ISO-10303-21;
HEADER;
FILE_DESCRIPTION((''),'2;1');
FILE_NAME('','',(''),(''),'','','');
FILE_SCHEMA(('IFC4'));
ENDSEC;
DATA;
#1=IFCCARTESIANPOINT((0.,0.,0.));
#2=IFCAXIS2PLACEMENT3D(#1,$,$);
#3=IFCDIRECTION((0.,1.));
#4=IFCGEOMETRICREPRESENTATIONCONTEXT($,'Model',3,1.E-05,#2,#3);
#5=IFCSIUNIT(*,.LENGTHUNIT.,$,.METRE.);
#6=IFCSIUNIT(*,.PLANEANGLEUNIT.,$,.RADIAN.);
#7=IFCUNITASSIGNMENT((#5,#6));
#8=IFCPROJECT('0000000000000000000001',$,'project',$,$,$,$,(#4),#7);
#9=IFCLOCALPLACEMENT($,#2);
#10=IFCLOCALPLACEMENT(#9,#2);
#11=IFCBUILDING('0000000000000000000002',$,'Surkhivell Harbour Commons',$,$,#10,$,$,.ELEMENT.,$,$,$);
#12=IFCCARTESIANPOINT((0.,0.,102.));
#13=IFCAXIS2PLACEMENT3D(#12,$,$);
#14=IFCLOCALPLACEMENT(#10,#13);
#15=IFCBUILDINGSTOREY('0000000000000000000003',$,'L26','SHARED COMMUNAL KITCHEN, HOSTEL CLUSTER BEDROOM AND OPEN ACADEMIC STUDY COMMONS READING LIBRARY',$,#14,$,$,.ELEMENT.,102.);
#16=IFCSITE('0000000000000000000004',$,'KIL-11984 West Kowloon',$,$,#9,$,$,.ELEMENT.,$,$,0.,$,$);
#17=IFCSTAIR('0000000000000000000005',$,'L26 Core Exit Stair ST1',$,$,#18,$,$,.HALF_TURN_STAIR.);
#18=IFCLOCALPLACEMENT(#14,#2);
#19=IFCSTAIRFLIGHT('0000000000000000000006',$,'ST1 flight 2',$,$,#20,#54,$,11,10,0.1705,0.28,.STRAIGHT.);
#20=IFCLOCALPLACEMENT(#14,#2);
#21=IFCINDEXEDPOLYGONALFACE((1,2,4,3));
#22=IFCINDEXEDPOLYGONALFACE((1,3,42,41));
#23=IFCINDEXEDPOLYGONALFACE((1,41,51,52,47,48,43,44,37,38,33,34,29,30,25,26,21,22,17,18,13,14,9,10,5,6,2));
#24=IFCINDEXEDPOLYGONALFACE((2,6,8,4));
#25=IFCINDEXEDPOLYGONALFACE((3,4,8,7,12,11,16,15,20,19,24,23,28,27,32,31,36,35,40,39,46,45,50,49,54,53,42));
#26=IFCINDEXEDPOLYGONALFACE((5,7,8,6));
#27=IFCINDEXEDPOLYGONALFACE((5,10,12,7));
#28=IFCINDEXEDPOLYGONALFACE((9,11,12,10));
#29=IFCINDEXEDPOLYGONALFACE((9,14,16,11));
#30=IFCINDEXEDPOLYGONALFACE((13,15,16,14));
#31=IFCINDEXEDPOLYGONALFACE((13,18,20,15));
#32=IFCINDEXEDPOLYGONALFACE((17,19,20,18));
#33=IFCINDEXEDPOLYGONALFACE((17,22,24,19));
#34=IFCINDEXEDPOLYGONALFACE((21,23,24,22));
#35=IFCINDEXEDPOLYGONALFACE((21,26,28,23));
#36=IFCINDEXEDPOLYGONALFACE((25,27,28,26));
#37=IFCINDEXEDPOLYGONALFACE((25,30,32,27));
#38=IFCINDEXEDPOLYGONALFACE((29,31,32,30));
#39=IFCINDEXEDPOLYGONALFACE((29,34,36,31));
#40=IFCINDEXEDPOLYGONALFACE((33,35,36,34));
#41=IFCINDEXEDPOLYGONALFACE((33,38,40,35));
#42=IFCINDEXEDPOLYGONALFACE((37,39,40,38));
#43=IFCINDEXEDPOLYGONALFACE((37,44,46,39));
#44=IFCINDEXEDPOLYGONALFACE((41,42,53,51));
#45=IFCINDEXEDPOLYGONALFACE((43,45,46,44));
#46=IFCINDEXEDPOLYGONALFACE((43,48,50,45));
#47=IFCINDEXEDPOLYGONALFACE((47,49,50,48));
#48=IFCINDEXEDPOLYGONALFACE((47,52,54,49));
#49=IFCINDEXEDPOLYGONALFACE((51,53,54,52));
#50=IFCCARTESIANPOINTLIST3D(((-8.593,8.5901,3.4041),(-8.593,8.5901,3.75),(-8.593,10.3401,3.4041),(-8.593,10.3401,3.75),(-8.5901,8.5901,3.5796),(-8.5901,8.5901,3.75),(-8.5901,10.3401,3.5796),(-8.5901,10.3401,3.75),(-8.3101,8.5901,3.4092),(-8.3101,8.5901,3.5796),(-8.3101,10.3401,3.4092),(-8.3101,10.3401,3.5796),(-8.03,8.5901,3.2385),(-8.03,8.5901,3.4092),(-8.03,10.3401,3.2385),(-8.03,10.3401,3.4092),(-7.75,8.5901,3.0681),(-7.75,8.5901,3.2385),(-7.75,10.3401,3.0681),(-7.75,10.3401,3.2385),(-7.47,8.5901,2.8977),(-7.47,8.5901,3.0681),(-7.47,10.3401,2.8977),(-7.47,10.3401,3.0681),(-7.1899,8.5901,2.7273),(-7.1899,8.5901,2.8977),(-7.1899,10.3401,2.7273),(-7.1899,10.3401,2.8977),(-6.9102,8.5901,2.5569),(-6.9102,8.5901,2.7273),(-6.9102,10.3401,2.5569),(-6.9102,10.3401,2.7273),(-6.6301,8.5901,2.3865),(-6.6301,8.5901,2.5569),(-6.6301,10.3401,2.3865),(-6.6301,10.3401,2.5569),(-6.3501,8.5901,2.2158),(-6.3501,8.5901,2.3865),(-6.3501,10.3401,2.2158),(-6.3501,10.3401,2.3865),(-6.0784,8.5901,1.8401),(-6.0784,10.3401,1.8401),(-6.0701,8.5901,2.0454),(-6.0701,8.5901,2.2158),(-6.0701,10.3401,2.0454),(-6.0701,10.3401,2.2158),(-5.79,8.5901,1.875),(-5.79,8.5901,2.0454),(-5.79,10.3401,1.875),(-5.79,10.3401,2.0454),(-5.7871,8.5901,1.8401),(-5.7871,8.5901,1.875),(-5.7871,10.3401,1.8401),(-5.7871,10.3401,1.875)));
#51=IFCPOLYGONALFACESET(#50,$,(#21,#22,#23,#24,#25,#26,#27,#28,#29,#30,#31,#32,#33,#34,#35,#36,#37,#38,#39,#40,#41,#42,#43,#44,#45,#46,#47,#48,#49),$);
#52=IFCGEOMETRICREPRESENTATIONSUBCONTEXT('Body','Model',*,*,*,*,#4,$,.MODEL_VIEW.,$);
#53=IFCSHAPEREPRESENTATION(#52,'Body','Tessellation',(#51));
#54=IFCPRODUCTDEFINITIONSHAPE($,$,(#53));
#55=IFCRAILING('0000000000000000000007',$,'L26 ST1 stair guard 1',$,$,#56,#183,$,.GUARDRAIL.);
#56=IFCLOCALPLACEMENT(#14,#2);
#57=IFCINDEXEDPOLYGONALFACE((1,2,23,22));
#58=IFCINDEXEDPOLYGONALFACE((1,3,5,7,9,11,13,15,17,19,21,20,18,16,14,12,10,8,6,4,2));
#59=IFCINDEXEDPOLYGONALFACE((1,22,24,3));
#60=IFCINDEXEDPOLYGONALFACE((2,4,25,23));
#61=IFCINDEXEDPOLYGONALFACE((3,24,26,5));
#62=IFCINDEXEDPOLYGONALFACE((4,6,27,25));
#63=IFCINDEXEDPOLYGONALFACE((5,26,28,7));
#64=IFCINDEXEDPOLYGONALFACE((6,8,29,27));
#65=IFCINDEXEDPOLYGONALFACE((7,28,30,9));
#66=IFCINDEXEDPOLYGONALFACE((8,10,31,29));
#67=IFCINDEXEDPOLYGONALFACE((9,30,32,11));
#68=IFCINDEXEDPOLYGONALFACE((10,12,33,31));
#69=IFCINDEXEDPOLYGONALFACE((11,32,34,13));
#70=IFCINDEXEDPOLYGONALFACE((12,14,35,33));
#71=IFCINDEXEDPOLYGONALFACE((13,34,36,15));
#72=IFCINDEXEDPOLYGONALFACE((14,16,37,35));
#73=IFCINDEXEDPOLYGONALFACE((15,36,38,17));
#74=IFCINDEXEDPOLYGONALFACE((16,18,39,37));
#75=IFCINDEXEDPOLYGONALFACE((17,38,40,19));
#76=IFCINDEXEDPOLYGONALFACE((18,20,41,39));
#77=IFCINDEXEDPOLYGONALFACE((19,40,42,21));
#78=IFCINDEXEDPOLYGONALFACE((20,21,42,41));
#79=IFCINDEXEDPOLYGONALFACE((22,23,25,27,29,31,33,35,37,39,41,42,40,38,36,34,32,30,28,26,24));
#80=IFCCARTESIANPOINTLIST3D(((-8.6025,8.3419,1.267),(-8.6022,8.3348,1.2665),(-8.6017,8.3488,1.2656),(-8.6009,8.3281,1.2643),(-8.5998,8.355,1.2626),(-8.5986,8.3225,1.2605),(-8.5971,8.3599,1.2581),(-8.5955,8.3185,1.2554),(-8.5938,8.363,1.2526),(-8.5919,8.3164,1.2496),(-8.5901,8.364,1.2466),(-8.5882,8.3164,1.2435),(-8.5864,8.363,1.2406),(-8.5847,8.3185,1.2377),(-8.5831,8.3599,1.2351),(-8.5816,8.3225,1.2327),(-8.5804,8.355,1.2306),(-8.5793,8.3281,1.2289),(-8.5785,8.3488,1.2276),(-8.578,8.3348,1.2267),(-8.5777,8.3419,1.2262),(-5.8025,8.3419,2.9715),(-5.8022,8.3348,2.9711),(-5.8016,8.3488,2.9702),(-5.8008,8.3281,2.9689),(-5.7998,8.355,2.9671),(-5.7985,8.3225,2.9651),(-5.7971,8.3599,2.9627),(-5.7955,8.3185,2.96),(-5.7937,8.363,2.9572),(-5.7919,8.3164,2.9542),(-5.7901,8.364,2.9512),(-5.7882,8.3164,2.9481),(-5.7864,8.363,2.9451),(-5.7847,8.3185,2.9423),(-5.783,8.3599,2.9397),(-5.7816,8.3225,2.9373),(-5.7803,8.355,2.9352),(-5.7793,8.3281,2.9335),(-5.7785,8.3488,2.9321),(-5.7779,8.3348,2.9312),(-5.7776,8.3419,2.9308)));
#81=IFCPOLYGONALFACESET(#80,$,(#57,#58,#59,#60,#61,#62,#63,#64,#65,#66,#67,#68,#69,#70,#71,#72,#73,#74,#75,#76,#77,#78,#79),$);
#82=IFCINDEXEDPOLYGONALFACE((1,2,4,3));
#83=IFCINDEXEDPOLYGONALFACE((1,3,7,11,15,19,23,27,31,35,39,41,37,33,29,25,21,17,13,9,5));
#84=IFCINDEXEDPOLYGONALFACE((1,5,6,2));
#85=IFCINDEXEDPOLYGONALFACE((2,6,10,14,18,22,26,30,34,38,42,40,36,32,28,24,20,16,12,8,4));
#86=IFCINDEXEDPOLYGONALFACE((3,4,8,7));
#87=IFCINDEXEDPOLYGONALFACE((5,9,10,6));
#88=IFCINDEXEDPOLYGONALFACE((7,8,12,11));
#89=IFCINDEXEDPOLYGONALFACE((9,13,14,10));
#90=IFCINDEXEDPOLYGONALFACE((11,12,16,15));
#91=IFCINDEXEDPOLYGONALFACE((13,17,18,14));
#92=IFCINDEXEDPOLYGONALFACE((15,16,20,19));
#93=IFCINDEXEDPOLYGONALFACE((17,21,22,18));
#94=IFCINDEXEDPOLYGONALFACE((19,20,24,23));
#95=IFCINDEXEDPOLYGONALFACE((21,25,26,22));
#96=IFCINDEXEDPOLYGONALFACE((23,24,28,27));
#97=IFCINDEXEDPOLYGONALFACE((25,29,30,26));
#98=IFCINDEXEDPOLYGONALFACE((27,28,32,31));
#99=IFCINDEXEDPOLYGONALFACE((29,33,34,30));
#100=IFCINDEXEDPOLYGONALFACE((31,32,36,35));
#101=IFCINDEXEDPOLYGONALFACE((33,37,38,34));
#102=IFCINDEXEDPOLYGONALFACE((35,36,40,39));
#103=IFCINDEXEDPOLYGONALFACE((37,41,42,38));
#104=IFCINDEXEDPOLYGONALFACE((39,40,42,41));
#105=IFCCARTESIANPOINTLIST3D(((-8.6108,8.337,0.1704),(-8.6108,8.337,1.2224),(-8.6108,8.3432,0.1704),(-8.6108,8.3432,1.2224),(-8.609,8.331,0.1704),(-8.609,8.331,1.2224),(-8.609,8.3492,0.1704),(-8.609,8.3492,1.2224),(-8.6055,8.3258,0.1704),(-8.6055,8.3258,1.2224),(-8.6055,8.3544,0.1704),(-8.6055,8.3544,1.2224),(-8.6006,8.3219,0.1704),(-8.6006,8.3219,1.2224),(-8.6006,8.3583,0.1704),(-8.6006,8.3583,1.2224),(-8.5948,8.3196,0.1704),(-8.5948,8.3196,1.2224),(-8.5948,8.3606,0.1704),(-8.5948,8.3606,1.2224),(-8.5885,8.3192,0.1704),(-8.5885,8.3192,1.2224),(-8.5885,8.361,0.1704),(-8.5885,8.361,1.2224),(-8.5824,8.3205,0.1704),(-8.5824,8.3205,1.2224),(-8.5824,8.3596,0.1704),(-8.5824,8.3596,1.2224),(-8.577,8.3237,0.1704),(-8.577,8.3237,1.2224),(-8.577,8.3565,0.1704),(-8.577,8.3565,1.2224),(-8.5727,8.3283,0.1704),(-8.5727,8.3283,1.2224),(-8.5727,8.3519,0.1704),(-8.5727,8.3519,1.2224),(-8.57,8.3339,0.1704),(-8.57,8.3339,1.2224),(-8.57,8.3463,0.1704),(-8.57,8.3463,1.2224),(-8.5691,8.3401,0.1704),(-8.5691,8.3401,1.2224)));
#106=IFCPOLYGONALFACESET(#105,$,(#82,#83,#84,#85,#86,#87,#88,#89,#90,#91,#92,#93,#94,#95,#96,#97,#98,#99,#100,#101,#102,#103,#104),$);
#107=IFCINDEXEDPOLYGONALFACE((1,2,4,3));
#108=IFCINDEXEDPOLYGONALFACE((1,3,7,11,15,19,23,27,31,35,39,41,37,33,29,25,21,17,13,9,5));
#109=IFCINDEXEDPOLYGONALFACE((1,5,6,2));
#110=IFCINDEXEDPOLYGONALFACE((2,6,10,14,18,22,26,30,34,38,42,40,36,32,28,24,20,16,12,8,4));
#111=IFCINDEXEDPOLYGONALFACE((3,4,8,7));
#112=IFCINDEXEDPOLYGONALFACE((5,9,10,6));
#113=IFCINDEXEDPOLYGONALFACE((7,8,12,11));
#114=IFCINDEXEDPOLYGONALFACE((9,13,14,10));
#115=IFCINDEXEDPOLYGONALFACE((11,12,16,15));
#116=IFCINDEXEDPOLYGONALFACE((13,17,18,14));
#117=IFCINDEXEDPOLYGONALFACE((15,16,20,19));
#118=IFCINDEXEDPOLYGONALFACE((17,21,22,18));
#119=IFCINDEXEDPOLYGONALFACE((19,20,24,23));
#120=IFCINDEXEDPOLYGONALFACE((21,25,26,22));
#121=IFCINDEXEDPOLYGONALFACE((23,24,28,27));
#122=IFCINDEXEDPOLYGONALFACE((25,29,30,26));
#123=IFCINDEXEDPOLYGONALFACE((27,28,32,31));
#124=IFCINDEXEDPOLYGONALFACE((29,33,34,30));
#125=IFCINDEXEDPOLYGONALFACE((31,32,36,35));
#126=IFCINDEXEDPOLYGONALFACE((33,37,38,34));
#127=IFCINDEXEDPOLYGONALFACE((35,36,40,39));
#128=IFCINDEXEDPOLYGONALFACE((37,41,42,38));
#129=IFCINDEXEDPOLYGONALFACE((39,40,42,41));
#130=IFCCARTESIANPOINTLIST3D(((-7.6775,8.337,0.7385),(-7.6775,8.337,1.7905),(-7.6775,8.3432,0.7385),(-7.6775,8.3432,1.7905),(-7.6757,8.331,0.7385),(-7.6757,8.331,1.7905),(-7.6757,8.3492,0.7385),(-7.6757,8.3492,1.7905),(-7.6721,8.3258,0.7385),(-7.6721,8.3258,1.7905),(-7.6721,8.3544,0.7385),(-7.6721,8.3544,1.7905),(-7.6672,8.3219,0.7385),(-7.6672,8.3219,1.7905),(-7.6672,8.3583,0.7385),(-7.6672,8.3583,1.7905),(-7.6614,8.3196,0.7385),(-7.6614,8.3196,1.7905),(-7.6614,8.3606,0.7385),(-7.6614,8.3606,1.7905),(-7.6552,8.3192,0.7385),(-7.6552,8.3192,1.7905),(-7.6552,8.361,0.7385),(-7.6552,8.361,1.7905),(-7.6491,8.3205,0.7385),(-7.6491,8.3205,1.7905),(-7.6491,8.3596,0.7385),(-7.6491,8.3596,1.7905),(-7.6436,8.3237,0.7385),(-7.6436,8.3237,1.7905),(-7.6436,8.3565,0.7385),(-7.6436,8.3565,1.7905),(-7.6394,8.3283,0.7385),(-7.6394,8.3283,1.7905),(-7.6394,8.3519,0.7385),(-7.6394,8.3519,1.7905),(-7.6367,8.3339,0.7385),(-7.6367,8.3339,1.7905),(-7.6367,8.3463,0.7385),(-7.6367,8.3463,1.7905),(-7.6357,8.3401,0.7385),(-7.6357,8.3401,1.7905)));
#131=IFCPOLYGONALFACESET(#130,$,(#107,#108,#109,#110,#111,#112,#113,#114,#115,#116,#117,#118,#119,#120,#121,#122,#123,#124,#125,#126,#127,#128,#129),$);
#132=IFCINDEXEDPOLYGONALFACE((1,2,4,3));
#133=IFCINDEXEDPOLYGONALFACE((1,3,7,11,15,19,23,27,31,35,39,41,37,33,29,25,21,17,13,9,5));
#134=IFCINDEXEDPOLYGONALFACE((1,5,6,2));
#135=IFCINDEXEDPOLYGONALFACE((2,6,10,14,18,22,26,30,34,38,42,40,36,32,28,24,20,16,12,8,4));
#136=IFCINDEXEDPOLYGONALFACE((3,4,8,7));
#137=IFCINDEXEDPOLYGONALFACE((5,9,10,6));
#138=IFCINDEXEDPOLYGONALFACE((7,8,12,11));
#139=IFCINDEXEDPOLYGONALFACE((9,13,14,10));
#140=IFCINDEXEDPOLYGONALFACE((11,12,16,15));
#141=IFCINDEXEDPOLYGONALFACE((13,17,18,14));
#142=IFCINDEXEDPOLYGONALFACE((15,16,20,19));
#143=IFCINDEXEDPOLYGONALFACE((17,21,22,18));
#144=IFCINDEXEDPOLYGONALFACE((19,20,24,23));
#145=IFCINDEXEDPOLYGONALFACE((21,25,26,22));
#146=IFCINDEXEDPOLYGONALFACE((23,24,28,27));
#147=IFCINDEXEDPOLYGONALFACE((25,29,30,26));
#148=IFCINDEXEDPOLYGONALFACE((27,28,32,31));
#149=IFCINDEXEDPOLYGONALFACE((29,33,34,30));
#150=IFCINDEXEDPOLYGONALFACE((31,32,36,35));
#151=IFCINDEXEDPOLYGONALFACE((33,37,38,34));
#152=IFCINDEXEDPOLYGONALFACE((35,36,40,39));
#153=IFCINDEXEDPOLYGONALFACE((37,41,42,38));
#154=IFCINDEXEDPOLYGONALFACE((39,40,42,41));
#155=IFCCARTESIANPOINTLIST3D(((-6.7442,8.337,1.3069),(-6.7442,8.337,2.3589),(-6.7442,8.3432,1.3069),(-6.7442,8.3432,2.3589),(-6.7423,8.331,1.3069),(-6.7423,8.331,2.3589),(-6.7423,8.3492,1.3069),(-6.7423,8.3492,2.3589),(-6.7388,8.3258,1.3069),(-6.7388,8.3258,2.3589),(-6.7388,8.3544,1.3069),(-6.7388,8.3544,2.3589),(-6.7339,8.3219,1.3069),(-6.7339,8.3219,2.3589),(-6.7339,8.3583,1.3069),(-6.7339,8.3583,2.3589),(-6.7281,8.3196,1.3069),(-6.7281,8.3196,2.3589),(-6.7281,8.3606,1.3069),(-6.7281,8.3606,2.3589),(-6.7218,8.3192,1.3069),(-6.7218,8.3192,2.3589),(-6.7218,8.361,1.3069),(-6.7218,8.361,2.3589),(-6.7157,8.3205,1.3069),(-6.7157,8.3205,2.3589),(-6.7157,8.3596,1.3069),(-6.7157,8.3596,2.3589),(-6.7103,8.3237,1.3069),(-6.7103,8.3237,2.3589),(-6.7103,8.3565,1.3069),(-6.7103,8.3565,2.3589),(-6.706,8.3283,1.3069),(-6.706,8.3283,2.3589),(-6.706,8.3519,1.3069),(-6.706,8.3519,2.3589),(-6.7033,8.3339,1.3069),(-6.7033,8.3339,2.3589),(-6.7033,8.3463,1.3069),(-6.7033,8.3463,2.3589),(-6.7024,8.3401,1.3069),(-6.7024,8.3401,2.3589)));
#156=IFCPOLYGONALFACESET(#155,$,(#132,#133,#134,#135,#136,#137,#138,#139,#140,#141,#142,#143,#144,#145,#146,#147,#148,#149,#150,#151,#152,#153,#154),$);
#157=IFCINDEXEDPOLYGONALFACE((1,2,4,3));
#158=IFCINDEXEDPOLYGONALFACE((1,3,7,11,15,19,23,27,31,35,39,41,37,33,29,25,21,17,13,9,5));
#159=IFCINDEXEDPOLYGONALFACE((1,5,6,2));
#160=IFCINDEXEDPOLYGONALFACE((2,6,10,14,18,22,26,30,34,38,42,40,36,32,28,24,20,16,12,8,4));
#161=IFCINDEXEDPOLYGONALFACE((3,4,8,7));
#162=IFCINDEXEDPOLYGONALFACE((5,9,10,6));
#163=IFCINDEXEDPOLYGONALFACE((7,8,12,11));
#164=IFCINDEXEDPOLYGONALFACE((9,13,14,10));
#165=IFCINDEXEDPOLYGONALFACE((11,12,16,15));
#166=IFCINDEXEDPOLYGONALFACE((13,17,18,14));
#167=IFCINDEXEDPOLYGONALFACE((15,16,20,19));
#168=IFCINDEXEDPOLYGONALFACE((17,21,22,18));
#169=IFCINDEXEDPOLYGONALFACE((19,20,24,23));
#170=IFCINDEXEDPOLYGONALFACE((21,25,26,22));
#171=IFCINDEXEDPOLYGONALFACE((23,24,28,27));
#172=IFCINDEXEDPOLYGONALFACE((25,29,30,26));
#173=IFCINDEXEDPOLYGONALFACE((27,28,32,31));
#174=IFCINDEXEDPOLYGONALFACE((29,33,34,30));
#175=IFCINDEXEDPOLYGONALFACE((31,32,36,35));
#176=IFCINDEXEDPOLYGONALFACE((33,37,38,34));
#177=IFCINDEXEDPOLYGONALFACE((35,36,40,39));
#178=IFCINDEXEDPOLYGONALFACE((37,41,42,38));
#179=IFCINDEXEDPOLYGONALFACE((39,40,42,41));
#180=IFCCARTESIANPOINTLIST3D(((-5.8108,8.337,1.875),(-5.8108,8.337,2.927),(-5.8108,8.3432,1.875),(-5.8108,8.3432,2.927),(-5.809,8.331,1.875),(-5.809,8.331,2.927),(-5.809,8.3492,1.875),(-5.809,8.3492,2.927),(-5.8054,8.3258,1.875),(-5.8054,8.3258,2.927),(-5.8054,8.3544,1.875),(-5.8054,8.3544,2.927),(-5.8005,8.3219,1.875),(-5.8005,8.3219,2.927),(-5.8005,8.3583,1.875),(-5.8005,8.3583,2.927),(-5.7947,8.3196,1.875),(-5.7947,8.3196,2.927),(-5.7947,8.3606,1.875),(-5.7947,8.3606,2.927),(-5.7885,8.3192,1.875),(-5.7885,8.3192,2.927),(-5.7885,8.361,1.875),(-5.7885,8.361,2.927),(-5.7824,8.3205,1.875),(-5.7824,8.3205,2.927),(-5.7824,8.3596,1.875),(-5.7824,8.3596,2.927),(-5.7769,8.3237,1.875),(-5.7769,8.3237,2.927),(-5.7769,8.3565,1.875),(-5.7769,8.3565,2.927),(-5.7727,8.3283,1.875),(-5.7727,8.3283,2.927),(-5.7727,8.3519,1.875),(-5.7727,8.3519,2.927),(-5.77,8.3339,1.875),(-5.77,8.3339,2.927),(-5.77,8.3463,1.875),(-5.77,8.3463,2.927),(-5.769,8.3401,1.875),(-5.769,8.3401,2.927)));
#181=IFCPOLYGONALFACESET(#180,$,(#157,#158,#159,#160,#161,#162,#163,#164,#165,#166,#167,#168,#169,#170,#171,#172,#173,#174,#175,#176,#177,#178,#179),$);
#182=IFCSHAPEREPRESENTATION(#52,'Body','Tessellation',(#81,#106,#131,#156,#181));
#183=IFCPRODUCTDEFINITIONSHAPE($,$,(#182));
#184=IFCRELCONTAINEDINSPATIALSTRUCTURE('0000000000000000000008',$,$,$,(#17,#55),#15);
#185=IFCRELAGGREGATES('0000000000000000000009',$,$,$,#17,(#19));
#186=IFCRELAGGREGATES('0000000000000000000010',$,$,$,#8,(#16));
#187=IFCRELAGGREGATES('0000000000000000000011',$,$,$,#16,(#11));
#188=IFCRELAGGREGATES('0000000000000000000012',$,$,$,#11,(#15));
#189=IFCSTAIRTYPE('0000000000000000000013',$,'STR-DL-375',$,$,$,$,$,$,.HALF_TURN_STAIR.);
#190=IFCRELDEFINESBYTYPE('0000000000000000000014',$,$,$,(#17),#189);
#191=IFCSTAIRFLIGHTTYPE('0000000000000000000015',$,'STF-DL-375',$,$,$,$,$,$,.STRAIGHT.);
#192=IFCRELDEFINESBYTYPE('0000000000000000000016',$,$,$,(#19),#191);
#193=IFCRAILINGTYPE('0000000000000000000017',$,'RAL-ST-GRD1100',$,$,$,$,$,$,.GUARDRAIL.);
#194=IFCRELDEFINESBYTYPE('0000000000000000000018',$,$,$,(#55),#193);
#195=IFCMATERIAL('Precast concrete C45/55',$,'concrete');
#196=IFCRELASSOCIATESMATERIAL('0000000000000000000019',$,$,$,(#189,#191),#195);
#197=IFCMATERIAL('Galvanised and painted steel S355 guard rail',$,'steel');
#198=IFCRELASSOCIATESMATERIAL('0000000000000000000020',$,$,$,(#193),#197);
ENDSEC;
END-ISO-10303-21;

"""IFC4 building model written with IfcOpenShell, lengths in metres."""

from ifc_helpers import new_model, si_unit, direction, frame, origin, origin_2d, place, context, subcontext, project, spatial, polyline, circle, outline, extrude, material, type_object, element, aggregate, save


model = new_model("IFC4")

# Units and contexts
model_context = context("Model", 3, precision=1e-05, world=origin(), true_north=direction((0.0, 1.0)))
body_context = subcontext(model_context, "Body", "Model", "MODEL_VIEW")
ifc_project = project(units=[si_unit("LENGTHUNIT", "METRE"), si_unit("PLANEANGLEUNIT", "RADIAN")], contexts=[model_context])

# Site, building, storey
site_placement = place(None, origin())
site = spatial("IfcSite", under=ifc_project, at=site_placement, Name="KIL-11984 West Kowloon", CompositionType="ELEMENT", RefElevation=0.0)
building_placement = place(site_placement, origin())
building = spatial("IfcBuilding", under=site, at=building_placement, Name="Surkhivell Harbour Commons", CompositionType="ELEMENT")
storey_placement = place(building_placement, frame((0.0, 0.0, 102.0)))
storey = spatial("IfcBuildingStorey", under=building, at=storey_placement, Name="L26", Description="SHARED COMMUNAL KITCHEN, HOSTEL CLUSTER BEDROOM AND OPEN ACADEMIC STUDY COMMONS READING LIBRARY", CompositionType="ELEMENT", Elevation=102.0)

# Stair, stair flight
ifc_material_1 = material(Name="Precast concrete C45/55", Category="concrete")
stair_type = type_object("IfcStairType", Name="STR-DL-375", PredefinedType="HALF_TURN_STAIR", material=ifc_material_1)
stair_placement = place(storey_placement, origin())
stair = element("IfcStair", 1, at=stair_placement, inside=storey, type_object=stair_type, Name="L26 Core Exit Stair ST1", PredefinedType="HALF_TURN_STAIR")
stair_flight_type = type_object("IfcStairFlightType", Name="STF-DL-375", PredefinedType="STRAIGHT", material=ifc_material_1)
stair_flight_1_placement = place(storey_placement, frame((-5.79, 9.4651, 1.875), z_axis=(0.0, 0.0, 1.0), x_axis=(-1.0, 0.0, 0.0)))
stair_flight_1 = element("IfcStairFlight", 2, at=stair_flight_1_placement, type_object=stair_flight_type, Name="ST1 flight 2", NumberOfRisers=11, NumberOfTreads=10, PredefinedType="STRAIGHT", RiserHeight=0.1705, TreadLength=0.28, context=body_context, shape_type="SweptSolid", body=[
    extrude(outline(polyline([(-0.0029, -0.0349), (-0.0029, 0.0), (0.0, 0.0), (0.0, 0.1704), (0.28, 0.1704), (0.28, 0.3408), (0.5601, 0.3408), (0.5601, 0.5115), (0.8401, 0.5115), (0.8401, 0.6819), (1.1201, 0.6819), (1.1201, 0.8523), (1.3999, 0.8523), (1.3999, 1.0227), (1.6799, 1.0227), (1.6799, 1.1931), (1.96, 1.1931), (1.96, 1.3635), (2.24, 1.3635), (2.24, 1.5342), (2.52, 1.5342), (2.52, 1.7046), (2.8, 1.7046), (2.8, 1.875), (2.803, 1.875), (2.803, 1.5291), (0.2883, -0.0349), (-0.0029, -0.0349)])), frame((0.0, 0.875, 0.0), z_axis=(0.0, -1.0, 0.0), x_axis=(1.0, 0.0, 0.0)), (0.0, 0.0, 1.0), 1.75),
])
aggregate(stair, [stair_flight_1])

# Railing
ifc_material_2 = material(Name="Galvanised and painted steel S355 guard rail", Category="steel")
railing_type_1 = type_object("IfcRailingType", Name="RAL-ST-GRD1100", PredefinedType="GUARDRAIL", material=ifc_material_2)
railing_1_placement = place(storey_placement, frame((-8.5901, 8.3401, 0.1704)))
element("IfcRailing", 3, at=railing_1_placement, inside=storey, type_object=railing_type_1, Name="L26 ST1 stair guard 1", PredefinedType="GUARDRAIL", context=body_context, shape_type="SweptSolid", body=[
    extrude(circle(Radius=0.0239, at=origin_2d()), frame((0.0, 0.0, 1.0762), z_axis=(0.85417, 0.0, 0.519994), x_axis=(0.0, 1.0, 0.0)), (0.0, 0.0, 1.0), 3.2781),
    extrude(circle(Radius=0.021, at=origin_2d()), origin(), (0.0, 0.0, 1.0), 1.052),
    extrude(circle(Radius=0.021, at=origin_2d()), frame((0.9333, 0.0, 0.5681)), (0.0, 0.0, 1.0), 1.052),
    extrude(circle(Radius=0.021, at=origin_2d()), frame((1.8667, 0.0, 1.1365)), (0.0, 0.0, 1.0), 1.052),
    extrude(circle(Radius=0.021, at=origin_2d()), frame((2.8, 0.0, 1.7046)), (0.0, 0.0, 1.0), 1.052),
])

save(model, "model.ifc")
